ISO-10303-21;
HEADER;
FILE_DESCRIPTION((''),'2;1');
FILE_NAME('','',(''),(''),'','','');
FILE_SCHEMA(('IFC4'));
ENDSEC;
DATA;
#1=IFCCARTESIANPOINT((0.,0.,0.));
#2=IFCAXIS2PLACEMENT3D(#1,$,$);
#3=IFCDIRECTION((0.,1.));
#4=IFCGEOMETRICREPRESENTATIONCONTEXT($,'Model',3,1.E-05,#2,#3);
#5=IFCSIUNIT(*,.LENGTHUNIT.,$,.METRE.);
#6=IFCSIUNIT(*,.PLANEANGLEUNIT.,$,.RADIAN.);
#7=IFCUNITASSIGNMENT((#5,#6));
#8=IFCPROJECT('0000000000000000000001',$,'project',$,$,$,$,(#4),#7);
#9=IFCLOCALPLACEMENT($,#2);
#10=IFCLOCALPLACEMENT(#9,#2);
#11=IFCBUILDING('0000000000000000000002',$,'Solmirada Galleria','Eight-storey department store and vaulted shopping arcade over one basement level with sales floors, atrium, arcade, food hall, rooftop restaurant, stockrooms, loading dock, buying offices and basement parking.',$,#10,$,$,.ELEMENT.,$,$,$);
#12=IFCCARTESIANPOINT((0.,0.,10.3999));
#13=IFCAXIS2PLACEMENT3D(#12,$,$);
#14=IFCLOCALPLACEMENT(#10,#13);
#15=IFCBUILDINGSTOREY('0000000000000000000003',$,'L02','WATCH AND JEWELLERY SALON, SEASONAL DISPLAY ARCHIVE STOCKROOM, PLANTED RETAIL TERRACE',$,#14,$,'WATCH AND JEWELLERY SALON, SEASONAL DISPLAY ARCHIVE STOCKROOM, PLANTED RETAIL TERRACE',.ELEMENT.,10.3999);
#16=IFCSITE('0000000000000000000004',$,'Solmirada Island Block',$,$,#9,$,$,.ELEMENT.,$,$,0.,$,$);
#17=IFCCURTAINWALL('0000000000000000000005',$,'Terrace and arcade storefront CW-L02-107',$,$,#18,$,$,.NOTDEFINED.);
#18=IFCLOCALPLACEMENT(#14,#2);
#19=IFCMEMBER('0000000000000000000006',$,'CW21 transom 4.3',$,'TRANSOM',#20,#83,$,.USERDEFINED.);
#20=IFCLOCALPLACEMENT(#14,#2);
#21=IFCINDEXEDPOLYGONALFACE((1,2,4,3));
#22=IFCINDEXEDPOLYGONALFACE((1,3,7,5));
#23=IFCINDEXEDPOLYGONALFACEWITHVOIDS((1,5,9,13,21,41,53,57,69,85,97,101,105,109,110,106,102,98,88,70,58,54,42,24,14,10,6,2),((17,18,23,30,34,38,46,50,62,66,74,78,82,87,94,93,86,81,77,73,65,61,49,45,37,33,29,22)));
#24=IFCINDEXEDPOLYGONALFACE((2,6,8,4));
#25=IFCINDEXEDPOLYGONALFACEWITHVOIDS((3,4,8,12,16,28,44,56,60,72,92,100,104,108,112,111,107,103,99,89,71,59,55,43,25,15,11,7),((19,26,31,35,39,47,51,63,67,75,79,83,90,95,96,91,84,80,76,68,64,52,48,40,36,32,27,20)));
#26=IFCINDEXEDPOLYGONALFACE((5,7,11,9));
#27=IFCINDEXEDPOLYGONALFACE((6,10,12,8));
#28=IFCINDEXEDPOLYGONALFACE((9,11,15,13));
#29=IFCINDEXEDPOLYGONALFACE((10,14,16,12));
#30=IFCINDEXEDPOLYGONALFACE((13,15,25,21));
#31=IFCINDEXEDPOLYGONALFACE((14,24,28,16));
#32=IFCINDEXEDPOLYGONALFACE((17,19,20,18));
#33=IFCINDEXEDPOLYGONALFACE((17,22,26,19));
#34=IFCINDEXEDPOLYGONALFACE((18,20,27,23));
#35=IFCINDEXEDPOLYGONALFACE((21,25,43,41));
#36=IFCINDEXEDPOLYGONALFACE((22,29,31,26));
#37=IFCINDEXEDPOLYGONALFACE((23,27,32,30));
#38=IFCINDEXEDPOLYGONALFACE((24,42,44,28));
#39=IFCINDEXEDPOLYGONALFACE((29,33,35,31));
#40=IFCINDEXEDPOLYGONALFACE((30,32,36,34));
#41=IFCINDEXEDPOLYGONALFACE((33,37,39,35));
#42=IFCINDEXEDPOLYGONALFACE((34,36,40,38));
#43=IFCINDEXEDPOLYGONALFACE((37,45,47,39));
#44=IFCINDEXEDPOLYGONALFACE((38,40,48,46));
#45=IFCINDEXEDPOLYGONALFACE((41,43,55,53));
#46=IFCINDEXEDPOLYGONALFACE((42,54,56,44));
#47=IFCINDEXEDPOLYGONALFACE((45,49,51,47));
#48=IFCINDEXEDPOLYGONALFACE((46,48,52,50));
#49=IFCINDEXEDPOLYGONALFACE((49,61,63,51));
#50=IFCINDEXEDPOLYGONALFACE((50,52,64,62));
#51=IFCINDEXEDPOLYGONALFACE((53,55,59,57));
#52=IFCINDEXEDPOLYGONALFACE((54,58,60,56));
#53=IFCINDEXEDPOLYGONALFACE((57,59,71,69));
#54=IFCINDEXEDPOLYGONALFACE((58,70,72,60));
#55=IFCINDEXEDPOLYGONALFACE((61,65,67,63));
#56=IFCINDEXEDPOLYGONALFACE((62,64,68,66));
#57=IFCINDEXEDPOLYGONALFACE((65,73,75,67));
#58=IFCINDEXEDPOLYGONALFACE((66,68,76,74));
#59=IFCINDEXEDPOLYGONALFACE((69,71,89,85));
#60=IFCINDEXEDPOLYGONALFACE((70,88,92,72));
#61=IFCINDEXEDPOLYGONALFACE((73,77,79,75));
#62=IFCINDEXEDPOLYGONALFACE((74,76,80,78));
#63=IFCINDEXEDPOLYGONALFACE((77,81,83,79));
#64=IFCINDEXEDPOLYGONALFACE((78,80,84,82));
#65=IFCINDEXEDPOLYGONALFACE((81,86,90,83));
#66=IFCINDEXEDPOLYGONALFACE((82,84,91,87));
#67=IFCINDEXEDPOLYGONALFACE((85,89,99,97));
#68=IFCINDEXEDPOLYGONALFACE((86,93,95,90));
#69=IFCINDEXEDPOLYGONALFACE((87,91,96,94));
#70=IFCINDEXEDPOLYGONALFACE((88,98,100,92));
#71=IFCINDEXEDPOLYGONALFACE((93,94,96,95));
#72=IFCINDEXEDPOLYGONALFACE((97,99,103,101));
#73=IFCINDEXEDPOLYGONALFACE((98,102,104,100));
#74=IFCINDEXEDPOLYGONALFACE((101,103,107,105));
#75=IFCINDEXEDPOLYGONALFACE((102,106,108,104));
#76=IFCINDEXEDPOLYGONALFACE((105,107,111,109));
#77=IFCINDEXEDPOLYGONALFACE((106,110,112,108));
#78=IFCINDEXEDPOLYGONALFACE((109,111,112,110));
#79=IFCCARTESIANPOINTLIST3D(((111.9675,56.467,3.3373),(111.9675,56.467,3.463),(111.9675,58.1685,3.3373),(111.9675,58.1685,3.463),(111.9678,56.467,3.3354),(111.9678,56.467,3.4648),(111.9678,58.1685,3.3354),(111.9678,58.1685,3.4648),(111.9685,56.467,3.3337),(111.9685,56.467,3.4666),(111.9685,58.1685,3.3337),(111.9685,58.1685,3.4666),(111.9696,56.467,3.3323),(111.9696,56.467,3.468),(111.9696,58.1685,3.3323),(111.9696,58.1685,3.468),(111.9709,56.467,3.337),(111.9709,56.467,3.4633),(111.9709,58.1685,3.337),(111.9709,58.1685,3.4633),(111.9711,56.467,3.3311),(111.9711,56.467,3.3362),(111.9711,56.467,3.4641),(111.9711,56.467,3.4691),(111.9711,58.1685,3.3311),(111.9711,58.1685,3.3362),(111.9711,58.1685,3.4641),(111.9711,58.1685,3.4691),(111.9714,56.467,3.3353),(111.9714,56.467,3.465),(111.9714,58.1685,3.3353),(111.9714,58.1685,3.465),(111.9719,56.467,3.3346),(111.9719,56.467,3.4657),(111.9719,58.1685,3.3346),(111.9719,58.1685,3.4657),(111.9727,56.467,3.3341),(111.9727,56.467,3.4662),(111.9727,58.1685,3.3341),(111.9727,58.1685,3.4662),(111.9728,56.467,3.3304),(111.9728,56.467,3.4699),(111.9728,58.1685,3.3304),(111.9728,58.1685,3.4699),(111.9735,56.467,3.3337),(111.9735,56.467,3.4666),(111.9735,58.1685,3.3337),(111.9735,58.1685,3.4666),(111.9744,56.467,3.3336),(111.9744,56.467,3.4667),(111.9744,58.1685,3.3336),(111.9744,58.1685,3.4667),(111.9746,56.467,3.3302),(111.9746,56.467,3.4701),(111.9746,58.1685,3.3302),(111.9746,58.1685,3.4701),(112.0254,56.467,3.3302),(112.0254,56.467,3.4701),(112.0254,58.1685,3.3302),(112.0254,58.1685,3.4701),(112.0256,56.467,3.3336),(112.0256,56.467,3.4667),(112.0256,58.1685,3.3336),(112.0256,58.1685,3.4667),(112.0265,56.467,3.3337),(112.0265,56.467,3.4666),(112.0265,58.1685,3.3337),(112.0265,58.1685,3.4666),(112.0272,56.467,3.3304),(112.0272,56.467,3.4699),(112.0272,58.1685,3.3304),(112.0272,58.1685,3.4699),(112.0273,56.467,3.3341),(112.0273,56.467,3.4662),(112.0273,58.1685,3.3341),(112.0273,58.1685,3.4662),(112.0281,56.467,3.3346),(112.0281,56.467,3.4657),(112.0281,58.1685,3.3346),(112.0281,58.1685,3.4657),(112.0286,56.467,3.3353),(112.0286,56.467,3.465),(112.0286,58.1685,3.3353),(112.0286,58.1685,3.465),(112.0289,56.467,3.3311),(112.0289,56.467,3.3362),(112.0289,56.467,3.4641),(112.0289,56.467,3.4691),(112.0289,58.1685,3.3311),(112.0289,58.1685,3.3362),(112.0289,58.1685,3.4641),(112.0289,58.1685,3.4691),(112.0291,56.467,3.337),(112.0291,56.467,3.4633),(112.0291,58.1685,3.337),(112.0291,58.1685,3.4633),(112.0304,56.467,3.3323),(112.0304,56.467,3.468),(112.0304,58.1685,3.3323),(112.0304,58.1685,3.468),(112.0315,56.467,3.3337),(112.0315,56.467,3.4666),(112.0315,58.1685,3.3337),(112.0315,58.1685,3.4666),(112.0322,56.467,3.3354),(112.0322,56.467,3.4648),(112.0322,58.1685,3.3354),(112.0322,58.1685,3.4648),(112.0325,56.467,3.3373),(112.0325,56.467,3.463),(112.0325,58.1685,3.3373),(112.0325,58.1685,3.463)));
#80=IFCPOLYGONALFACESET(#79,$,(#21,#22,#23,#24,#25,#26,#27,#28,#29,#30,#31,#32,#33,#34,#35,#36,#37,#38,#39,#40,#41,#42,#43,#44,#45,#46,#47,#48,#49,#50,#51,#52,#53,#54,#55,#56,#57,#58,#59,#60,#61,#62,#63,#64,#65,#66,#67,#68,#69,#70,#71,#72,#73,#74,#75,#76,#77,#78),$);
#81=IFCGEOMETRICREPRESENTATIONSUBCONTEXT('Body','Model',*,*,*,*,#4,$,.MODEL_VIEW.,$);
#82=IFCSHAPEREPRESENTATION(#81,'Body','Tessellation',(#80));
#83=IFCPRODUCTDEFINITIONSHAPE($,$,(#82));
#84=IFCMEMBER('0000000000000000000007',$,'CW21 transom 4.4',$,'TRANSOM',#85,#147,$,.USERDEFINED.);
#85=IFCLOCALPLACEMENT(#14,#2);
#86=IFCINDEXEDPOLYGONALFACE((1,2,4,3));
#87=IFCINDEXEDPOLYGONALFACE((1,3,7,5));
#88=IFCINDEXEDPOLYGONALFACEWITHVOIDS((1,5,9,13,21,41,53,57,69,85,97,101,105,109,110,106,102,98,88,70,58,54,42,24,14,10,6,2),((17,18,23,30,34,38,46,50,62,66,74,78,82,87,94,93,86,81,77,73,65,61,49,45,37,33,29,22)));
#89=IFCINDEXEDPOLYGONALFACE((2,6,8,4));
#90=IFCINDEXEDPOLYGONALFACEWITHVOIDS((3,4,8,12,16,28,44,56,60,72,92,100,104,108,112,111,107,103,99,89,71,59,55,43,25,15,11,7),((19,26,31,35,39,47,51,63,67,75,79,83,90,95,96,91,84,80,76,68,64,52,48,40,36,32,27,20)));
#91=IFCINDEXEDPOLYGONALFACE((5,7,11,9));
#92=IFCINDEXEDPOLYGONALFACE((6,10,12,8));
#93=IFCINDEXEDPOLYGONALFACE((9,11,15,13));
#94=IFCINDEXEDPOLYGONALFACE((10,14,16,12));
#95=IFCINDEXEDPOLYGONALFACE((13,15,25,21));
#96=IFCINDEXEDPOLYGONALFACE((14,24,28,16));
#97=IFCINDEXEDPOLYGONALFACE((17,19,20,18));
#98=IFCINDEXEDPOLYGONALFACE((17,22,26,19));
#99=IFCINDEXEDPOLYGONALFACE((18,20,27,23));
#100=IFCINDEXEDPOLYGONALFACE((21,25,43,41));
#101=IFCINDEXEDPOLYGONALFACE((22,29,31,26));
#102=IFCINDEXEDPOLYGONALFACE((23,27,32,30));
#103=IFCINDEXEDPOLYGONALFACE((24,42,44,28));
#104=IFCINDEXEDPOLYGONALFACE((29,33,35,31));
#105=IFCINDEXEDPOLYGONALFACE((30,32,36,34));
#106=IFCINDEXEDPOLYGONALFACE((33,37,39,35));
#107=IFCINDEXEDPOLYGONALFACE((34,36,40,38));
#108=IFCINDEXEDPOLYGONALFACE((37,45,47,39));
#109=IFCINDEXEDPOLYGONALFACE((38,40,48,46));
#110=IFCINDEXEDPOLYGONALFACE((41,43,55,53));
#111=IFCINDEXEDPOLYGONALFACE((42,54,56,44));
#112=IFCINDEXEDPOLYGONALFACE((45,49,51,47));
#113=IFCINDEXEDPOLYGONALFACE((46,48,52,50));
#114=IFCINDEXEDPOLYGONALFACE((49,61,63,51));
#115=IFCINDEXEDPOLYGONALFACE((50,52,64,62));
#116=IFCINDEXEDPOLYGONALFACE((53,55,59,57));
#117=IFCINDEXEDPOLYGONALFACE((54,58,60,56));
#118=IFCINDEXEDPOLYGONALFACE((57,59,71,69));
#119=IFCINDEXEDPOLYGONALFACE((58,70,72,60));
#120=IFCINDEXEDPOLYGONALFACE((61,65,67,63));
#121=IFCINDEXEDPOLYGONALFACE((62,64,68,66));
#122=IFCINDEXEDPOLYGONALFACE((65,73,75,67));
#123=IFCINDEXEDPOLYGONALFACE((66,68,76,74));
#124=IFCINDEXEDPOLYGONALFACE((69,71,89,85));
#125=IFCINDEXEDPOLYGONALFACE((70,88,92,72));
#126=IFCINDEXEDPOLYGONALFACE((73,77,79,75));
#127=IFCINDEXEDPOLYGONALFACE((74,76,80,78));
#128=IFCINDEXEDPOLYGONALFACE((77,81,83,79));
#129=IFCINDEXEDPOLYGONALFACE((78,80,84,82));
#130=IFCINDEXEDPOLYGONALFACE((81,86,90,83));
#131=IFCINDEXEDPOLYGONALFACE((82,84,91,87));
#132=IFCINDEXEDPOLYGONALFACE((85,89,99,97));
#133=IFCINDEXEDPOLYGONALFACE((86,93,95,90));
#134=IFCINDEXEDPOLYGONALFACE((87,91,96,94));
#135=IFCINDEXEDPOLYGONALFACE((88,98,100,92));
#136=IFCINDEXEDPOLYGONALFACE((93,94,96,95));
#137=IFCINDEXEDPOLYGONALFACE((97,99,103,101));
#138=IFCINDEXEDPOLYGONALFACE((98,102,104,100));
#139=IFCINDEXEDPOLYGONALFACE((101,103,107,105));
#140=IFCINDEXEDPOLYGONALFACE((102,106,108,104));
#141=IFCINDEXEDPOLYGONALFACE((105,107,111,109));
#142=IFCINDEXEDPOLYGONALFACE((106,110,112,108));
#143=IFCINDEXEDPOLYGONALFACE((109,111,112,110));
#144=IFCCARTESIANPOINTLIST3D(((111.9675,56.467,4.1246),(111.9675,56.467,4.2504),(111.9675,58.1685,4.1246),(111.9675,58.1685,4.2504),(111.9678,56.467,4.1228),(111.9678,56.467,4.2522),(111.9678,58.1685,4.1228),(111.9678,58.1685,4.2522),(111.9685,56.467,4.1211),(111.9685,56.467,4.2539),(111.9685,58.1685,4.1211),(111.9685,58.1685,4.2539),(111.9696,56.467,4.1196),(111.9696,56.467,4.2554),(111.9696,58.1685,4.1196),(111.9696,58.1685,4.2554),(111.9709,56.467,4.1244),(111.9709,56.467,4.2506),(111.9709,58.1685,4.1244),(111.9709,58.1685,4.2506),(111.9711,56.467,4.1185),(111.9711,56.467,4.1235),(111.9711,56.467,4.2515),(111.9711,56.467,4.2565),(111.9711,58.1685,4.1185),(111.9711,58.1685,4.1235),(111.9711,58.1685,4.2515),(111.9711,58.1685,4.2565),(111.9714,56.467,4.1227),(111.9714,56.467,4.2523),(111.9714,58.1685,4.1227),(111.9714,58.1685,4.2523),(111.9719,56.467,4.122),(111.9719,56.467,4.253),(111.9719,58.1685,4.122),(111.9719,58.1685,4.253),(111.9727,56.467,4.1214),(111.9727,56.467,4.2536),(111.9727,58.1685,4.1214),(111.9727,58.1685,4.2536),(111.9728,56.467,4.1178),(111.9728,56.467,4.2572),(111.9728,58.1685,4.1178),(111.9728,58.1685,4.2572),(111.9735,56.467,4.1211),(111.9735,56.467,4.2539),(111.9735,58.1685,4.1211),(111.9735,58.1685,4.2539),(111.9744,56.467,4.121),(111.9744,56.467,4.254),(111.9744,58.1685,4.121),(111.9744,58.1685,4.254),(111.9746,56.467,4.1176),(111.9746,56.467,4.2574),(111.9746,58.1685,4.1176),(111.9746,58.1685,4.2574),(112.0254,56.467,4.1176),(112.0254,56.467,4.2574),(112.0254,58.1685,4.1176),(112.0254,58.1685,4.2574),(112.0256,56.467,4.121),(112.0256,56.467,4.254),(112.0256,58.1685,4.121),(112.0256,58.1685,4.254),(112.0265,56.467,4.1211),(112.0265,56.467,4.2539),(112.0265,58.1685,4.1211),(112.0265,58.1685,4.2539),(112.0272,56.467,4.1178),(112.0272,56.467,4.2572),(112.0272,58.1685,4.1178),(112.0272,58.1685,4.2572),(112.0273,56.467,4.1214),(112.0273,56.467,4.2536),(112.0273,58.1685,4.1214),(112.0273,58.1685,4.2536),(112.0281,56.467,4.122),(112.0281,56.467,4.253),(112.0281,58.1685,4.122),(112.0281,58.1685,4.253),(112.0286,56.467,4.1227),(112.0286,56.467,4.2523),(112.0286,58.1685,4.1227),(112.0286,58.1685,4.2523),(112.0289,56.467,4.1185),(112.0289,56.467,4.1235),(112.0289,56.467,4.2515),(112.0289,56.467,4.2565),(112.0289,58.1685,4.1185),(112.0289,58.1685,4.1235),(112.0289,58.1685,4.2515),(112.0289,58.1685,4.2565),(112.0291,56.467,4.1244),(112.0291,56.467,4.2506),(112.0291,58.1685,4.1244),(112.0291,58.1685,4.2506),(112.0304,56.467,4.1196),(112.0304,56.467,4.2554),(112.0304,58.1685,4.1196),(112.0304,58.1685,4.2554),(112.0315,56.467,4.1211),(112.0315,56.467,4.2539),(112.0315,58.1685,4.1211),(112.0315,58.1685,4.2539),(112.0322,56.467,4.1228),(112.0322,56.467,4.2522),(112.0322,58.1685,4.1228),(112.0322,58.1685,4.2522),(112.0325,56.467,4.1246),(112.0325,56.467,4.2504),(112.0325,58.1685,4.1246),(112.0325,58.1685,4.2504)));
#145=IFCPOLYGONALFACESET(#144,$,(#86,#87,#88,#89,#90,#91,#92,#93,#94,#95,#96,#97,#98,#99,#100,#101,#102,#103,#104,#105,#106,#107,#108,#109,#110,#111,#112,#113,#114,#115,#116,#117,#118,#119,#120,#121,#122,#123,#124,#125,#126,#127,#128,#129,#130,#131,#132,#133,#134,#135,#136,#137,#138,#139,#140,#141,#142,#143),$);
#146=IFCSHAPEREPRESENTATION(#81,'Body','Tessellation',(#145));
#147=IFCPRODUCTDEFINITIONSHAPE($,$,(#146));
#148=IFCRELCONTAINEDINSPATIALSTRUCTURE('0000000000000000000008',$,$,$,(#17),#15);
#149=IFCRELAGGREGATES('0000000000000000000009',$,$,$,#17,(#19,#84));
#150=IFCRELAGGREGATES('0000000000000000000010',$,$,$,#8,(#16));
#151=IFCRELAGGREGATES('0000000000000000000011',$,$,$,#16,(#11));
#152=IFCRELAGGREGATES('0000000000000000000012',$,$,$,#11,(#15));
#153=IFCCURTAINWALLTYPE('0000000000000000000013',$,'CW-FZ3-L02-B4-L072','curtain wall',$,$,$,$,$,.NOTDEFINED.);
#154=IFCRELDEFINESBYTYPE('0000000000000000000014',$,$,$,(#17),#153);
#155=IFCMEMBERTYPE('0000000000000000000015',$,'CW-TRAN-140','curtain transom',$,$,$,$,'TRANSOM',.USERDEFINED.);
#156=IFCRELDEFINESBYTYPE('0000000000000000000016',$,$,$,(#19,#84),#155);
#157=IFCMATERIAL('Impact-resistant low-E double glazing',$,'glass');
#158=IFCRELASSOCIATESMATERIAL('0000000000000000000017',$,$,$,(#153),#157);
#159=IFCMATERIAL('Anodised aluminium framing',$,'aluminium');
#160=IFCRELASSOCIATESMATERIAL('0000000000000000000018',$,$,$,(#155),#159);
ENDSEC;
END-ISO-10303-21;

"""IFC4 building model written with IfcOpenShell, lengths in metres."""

from ifc_helpers import new_model, si_unit, direction, frame, origin, origin_2d, place, context, subcontext, project, spatial, hollow_rectangle, extrude, material, material_profile, profile_set, type_object, element, aggregate, save


model = new_model("IFC4")

# Units and contexts
model_context = context("Model", 3, precision=1e-05, world=origin(), true_north=direction((0.0, 1.0)))
body_context = subcontext(model_context, "Body", "Model", "MODEL_VIEW")
ifc_project = project(units=[si_unit("LENGTHUNIT", "METRE"), si_unit("PLANEANGLEUNIT", "RADIAN")], contexts=[model_context])

# Site, building, storey
site_placement = place(None, origin())
site = spatial("IfcSite", under=ifc_project, at=site_placement, Name="Solmirada Island Block", CompositionType="ELEMENT", RefElevation=0.0)
building_placement = place(site_placement, origin())
building = spatial("IfcBuilding", under=site, at=building_placement, Name="Solmirada Galleria", Description="Eight-storey department store and vaulted shopping arcade over one basement level with sales floors, atrium, arcade, food hall, rooftop restaurant, stockrooms, loading dock, buying offices and basement parking.", CompositionType="ELEMENT")
storey_placement = place(building_placement, frame((0.0, 0.0, 10.3999)))
storey = spatial("IfcBuildingStorey", under=building, at=storey_placement, Name="L02", Description="WATCH AND JEWELLERY SALON, SEASONAL DISPLAY ARCHIVE STOCKROOM, PLANTED RETAIL TERRACE", LongName="WATCH AND JEWELLERY SALON, SEASONAL DISPLAY ARCHIVE STOCKROOM, PLANTED RETAIL TERRACE", CompositionType="ELEMENT", Elevation=10.3999)

# Curtain wall
ifc_material_1 = material(Name="Impact-resistant low-E double glazing", Category="glass")
curtain_wall_type = type_object("IfcCurtainWallType", Name="CW-FZ3-L02-B4-L072", Description="curtain wall", PredefinedType="NOTDEFINED", material=ifc_material_1)
curtain_wall_1_placement = place(storey_placement, origin())
curtain_wall_1 = element("IfcCurtainWall", 1, at=curtain_wall_1_placement, inside=storey, type_object=curtain_wall_type, Name="Terrace and arcade storefront CW-L02-107", PredefinedType="NOTDEFINED")
ifc_material_2 = material(Name="Anodised aluminium framing", Category="aluminium")

# Members
ifc_material_profile_1 = material_profile(ifc_material_2, hollow_rectangle(XDim=0.0649, YDim=0.1399, WallThickness=0.0034, InnerFilletRadius=0.0034, OuterFilletRadius=0.0071, at=origin_2d()), Name="ALU-TRAN-140X65")
ifc_profile_set_1 = profile_set([ifc_material_profile_1], Name="Anodised aluminium framing")
member_type_1 = type_object("IfcMemberType", Name="CW-TRAN-140", Description="curtain transom", ElementType="TRANSOM", PredefinedType="USERDEFINED", material=ifc_profile_set_1)
member_1_placement = place(storey_placement, frame((112.0, 58.1685, 3.4001), z_axis=(0.0, -1.0, 0.0), x_axis=(1.0, 0.0, 0.0)))
member_1 = element("IfcMember", 2, at=member_1_placement, type_object=member_type_1, Name="CW21 transom 4.3", ObjectType="TRANSOM", PredefinedType="USERDEFINED", context=body_context, shape_type="SweptSolid", body=[
    extrude(hollow_rectangle(XDim=0.0649, YDim=0.1399, WallThickness=0.0034, InnerFilletRadius=0.0034, OuterFilletRadius=0.0071, at=origin_2d()), origin(), (0.0, 0.0, 1.0), 1.7014),
])
member_2_placement = place(storey_placement, frame((112.0, 58.1685, 4.1875), z_axis=(0.0, -1.0, 0.0), x_axis=(1.0, 0.0, 0.0)))
member_2 = element("IfcMember", 3, at=member_2_placement, type_object=member_type_1, Name="CW21 transom 4.4", ObjectType="TRANSOM", PredefinedType="USERDEFINED", context=body_context, shape_type="SweptSolid", body=[
    extrude(hollow_rectangle(XDim=0.0649, YDim=0.1399, WallThickness=0.0034, InnerFilletRadius=0.0034, OuterFilletRadius=0.0071, at=origin_2d()), origin(), (0.0, 0.0, 1.0), 1.7014),
])

aggregate(curtain_wall_1, [member_1, member_2])

save(model, "model.ifc")
